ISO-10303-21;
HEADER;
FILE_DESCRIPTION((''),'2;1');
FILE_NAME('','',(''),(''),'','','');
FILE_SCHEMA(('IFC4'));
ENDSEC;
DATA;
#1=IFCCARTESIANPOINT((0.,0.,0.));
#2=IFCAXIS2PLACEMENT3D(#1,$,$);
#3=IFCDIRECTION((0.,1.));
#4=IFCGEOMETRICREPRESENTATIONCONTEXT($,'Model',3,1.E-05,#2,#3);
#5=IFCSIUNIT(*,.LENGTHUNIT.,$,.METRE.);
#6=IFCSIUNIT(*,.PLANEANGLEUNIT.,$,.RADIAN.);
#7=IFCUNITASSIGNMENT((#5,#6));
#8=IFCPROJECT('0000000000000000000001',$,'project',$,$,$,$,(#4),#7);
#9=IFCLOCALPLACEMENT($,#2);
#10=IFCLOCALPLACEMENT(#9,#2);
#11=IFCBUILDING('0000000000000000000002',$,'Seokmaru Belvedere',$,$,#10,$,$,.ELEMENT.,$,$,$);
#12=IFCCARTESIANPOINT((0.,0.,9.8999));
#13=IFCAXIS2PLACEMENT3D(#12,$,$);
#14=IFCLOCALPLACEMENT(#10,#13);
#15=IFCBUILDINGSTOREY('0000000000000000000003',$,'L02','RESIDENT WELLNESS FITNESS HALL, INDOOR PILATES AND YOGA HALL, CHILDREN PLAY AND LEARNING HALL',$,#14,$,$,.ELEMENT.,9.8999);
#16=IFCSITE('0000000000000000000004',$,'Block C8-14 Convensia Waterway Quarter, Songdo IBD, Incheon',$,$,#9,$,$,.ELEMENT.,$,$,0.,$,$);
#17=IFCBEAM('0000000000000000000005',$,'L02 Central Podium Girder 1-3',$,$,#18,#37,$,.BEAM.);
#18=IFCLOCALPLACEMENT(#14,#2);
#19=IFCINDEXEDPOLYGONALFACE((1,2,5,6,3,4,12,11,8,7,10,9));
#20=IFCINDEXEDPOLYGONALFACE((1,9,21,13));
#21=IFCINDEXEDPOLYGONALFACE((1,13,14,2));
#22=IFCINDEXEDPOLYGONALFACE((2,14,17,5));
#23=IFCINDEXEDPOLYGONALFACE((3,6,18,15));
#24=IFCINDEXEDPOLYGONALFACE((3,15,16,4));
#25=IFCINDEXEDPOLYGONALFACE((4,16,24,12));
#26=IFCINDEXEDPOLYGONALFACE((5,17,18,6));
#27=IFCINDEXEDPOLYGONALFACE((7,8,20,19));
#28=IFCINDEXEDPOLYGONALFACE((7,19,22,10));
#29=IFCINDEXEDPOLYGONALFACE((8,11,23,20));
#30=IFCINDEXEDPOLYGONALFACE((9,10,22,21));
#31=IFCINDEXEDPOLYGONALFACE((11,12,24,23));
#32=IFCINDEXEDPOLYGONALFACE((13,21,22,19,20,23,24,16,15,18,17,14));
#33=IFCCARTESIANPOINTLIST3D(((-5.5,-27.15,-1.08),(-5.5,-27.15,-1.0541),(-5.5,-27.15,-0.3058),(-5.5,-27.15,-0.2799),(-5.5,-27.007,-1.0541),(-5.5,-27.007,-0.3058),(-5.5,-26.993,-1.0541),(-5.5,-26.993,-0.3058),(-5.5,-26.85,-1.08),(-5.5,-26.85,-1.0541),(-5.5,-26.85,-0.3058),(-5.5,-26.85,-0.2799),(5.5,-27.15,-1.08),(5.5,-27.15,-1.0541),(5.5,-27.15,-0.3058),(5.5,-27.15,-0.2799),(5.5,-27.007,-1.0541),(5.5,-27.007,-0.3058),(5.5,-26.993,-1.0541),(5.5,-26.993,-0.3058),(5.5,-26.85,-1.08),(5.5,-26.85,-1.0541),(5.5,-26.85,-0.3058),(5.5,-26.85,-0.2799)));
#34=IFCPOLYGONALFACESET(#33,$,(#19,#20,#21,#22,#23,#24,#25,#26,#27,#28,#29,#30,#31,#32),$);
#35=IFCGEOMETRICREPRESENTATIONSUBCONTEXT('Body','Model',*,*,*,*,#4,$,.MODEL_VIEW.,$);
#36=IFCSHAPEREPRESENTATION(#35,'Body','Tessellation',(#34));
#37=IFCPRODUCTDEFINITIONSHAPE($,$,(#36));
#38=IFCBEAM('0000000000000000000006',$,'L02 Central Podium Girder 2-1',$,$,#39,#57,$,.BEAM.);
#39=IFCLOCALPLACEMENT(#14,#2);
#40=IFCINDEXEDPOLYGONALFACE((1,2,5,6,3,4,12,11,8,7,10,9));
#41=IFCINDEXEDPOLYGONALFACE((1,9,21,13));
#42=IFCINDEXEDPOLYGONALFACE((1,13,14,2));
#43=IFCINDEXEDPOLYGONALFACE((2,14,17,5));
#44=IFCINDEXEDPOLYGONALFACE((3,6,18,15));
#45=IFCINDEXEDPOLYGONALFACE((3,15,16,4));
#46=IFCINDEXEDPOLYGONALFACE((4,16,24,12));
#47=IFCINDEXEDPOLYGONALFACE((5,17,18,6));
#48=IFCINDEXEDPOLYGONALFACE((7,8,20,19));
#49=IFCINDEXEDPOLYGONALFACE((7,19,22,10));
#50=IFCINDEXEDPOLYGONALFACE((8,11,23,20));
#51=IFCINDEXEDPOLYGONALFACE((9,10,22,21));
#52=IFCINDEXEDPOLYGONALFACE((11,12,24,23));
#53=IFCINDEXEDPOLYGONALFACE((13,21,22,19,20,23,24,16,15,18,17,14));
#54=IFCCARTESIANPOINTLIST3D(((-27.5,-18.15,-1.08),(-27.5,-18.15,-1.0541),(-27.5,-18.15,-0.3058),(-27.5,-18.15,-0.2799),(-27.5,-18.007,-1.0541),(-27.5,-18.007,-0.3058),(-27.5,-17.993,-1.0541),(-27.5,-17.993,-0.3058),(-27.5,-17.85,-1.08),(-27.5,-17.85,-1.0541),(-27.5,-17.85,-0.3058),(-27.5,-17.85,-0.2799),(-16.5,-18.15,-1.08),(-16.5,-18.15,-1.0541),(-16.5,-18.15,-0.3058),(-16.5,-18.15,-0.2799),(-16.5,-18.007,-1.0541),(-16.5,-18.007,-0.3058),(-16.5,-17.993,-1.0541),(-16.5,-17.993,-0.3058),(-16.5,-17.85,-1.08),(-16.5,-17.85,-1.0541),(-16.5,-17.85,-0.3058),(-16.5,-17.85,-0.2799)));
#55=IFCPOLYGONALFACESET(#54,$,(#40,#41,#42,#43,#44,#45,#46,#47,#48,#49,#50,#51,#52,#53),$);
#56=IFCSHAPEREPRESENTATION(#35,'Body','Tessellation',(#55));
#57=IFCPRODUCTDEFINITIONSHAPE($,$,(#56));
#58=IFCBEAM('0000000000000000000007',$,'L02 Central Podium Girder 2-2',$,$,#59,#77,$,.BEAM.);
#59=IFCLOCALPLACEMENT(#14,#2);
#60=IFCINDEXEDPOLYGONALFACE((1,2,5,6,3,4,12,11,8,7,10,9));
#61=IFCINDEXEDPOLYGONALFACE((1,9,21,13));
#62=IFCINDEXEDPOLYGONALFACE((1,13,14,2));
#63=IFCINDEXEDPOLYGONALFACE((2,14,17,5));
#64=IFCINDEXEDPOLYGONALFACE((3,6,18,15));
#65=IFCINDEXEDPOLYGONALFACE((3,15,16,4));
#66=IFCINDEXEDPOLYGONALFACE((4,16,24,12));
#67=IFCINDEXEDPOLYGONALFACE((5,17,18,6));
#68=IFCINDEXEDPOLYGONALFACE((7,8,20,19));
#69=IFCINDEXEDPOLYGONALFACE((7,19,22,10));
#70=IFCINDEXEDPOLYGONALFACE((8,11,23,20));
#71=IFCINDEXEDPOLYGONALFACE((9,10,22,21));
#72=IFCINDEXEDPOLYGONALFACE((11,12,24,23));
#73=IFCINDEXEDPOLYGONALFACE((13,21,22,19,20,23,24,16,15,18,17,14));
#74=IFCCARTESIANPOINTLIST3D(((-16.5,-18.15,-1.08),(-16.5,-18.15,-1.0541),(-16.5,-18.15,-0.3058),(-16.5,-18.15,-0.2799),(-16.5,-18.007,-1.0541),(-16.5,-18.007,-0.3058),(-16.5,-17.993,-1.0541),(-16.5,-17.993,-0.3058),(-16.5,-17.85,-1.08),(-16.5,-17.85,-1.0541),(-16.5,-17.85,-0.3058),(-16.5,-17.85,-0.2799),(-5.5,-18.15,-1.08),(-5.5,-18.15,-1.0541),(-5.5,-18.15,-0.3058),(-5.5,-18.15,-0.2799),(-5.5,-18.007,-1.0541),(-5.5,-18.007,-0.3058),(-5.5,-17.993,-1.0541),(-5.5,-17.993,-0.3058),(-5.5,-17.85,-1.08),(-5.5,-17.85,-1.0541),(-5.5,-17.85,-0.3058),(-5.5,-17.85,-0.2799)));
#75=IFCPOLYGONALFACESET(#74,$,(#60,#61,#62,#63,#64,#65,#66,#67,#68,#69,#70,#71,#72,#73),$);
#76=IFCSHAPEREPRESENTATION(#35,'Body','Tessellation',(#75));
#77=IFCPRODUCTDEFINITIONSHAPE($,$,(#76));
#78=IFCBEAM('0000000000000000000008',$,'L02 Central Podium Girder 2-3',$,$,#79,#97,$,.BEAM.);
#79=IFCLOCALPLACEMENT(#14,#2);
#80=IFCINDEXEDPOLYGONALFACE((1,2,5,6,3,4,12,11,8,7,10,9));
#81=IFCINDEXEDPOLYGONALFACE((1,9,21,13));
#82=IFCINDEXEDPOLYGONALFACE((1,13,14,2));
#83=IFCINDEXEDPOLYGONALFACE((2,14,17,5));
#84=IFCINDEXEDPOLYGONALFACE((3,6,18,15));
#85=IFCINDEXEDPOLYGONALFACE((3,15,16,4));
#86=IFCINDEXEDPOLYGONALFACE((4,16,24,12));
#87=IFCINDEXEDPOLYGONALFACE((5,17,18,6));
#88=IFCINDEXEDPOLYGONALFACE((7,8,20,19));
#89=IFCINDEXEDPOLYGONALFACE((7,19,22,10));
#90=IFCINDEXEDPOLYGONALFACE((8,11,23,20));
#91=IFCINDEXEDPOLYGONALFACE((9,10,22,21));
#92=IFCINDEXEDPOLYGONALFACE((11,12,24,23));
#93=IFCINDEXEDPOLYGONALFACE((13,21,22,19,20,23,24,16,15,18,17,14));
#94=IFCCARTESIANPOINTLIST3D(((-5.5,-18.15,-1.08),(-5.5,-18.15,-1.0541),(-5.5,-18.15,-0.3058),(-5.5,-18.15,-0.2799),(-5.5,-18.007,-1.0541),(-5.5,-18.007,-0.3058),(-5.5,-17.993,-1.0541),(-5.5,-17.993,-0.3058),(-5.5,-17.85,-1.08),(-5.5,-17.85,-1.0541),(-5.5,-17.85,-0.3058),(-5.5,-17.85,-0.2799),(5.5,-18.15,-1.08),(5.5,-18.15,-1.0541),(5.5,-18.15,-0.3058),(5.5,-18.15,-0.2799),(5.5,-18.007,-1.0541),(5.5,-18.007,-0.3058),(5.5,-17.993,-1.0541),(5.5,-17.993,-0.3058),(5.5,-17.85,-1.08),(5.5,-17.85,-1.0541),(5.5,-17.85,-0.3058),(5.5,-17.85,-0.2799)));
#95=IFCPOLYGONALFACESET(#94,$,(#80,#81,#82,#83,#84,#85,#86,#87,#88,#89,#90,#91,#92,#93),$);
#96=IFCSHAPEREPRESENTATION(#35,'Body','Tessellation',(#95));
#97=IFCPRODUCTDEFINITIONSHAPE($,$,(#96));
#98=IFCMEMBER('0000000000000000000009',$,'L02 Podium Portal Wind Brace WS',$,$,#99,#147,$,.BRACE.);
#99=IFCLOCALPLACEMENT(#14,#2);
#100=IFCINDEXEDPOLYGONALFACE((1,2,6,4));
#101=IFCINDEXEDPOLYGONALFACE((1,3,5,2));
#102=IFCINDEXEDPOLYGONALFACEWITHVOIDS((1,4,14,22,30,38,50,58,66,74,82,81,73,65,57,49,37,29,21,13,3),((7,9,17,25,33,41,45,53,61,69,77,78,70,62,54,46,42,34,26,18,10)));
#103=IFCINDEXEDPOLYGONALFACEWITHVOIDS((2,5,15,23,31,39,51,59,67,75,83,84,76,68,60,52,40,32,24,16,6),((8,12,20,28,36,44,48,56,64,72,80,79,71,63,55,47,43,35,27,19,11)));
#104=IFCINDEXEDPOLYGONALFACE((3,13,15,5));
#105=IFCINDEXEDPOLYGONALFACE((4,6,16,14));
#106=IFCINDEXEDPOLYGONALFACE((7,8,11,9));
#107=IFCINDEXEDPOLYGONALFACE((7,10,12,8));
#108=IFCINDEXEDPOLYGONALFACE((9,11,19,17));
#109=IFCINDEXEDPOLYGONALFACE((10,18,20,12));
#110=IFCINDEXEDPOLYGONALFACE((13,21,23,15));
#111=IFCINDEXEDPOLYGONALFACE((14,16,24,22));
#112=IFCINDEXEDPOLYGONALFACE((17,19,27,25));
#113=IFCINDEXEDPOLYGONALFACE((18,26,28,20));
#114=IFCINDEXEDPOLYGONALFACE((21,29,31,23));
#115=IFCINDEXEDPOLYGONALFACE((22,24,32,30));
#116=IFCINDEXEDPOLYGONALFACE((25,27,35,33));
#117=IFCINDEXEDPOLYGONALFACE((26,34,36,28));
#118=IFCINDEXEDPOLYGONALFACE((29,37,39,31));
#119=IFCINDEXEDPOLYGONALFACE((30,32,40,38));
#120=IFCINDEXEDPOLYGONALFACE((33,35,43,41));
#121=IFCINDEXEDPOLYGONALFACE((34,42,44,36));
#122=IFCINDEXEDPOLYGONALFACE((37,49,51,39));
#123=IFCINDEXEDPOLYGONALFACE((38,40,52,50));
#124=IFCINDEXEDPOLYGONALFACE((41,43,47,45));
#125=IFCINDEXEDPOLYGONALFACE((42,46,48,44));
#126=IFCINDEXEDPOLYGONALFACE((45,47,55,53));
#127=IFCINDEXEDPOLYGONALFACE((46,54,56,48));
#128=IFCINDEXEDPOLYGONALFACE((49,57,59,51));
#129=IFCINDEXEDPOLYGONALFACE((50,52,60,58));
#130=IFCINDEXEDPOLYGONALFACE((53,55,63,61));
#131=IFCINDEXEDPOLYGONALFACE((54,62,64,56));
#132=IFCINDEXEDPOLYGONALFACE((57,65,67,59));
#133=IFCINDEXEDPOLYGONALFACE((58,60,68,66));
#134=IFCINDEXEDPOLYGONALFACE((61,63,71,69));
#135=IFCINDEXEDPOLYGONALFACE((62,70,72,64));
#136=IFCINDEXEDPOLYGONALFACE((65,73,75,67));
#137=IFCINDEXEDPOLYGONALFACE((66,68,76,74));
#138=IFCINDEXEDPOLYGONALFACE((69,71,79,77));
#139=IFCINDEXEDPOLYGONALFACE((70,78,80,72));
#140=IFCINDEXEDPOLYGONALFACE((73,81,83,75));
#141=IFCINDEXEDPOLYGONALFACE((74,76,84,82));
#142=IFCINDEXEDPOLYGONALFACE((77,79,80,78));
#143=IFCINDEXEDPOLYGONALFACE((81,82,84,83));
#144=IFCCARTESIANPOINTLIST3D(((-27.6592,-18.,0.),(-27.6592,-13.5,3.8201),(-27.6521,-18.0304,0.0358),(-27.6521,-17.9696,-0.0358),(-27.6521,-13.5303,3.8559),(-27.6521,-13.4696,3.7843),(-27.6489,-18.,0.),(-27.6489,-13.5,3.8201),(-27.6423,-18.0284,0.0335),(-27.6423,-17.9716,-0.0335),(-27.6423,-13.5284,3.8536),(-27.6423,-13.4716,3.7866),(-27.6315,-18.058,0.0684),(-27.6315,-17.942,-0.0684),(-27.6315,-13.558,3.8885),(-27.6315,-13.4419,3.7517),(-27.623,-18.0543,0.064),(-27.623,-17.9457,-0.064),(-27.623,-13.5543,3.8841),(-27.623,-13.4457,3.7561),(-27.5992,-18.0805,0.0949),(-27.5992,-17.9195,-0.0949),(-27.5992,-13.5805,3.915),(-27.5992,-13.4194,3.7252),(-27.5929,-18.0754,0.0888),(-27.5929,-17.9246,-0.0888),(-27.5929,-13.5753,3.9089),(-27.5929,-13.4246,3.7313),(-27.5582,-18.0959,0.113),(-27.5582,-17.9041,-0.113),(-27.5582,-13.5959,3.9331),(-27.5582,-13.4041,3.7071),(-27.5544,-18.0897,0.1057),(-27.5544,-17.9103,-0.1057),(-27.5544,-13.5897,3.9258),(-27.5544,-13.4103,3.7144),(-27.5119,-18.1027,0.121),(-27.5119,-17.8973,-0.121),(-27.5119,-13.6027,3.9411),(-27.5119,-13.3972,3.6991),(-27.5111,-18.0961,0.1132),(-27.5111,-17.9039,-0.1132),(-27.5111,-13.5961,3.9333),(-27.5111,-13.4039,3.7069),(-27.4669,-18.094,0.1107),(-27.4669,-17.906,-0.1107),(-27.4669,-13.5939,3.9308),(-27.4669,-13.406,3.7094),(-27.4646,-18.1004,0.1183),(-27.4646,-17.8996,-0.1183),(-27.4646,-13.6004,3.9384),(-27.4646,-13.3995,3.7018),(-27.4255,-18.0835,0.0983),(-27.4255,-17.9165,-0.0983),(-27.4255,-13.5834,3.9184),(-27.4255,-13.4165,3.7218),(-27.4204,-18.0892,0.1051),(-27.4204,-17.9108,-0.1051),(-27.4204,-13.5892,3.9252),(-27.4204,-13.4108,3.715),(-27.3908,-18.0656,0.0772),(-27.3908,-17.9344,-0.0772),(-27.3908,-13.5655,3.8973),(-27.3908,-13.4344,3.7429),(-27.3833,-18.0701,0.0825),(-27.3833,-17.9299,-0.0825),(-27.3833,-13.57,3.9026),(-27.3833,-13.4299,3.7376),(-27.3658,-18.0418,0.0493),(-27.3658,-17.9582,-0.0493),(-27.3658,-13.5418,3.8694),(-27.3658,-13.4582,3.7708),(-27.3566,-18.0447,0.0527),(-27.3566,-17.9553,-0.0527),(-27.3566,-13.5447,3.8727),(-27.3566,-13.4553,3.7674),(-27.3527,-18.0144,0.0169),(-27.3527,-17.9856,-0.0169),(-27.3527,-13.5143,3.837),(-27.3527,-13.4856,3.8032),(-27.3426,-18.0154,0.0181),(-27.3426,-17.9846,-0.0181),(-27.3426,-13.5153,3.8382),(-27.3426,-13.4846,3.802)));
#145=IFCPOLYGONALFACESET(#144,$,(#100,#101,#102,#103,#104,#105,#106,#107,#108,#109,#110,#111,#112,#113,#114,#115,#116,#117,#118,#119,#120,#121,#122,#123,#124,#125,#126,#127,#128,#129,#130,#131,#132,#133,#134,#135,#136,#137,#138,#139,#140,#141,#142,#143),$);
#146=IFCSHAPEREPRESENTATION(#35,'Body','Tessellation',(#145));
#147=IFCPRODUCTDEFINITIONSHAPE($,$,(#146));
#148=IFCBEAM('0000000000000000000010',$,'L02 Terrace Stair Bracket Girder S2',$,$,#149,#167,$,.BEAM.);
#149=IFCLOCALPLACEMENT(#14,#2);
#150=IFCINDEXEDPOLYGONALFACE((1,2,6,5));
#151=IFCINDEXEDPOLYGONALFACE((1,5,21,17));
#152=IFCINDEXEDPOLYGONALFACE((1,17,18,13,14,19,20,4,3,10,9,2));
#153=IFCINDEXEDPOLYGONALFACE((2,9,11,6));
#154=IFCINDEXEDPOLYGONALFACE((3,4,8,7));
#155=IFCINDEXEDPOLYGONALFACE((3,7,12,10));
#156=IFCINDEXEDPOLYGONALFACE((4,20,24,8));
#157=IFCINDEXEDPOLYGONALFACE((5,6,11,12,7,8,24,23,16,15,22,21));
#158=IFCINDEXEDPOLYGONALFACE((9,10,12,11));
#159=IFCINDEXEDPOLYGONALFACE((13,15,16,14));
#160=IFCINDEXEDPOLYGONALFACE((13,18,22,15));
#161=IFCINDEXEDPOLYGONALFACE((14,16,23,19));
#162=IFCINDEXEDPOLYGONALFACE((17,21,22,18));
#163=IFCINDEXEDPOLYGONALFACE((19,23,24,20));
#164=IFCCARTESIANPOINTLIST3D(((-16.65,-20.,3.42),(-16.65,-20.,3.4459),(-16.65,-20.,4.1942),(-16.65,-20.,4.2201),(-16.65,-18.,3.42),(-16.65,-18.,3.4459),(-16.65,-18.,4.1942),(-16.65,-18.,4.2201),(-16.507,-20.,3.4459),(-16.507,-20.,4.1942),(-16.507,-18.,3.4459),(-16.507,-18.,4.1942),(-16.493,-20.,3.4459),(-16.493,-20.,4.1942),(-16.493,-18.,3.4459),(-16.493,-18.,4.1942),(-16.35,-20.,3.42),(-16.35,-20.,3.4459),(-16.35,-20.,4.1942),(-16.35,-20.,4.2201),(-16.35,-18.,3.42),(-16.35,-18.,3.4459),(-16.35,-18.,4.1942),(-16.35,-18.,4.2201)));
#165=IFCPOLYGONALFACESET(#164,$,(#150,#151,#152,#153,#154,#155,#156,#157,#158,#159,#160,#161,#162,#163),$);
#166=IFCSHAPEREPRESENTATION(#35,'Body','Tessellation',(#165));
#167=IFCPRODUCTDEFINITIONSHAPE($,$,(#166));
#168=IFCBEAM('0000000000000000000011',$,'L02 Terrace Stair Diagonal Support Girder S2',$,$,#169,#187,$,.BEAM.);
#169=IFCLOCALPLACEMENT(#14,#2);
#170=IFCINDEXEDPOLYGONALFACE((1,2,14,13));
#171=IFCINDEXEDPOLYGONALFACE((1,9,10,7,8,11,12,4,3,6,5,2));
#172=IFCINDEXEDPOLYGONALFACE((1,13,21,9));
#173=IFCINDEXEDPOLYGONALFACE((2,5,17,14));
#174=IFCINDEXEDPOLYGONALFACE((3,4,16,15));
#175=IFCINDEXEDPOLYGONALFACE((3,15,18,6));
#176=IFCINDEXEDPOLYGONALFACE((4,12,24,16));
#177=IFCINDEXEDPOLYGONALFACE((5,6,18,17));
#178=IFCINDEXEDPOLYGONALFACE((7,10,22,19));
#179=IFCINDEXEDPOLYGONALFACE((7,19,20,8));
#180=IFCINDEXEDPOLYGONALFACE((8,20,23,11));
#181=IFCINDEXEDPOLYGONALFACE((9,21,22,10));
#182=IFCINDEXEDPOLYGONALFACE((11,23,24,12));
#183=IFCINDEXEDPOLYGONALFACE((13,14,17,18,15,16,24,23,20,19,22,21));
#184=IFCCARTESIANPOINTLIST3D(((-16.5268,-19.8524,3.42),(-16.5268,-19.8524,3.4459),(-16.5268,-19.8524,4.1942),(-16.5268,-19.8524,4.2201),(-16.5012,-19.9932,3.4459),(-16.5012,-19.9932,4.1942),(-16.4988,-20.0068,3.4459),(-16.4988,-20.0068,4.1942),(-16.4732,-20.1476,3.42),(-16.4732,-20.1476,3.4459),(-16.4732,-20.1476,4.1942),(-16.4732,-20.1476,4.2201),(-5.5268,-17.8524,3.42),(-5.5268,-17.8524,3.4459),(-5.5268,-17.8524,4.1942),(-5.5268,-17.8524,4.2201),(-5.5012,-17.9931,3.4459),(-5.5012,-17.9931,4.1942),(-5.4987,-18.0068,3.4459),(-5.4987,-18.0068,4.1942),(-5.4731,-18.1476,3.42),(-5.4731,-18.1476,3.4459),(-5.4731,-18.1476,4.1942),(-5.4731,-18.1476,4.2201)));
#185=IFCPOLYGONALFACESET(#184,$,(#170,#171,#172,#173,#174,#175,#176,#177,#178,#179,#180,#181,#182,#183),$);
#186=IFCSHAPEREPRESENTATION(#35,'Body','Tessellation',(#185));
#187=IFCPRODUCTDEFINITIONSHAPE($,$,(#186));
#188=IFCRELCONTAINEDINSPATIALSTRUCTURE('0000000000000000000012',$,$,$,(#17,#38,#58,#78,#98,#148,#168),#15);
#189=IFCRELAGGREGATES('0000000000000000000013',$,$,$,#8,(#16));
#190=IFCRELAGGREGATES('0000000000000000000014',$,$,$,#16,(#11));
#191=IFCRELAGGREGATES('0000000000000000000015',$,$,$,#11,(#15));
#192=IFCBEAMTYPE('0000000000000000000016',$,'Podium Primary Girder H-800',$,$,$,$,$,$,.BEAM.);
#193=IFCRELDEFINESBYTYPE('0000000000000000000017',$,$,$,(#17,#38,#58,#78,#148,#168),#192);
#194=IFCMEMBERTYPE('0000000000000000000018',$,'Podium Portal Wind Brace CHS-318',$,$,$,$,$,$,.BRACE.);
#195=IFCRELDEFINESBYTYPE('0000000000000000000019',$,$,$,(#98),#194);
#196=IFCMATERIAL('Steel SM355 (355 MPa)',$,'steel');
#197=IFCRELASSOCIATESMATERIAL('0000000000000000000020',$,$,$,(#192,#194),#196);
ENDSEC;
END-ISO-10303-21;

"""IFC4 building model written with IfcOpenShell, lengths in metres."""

from ifc_helpers import new_model, si_unit, direction, frame, origin, origin_2d, place, context, subcontext, project, spatial, hollow_circle, i_section, extrude, source, transform, mapped, material, material_profile, profile_set, type_object, element, save


model = new_model("IFC4")

# Units and contexts
model_context = context("Model", 3, precision=1e-05, world=origin(), true_north=direction((0.0, 1.0)))
body_context = subcontext(model_context, "Body", "Model", "MODEL_VIEW")
ifc_project = project(units=[si_unit("LENGTHUNIT", "METRE"), si_unit("PLANEANGLEUNIT", "RADIAN")], contexts=[model_context])

# Site, building, storey
site_placement = place(None, origin())
site = spatial("IfcSite", under=ifc_project, at=site_placement, Name="Block C8-14 Convensia Waterway Quarter, Songdo IBD, Incheon", CompositionType="ELEMENT", RefElevation=0.0)
building_placement = place(site_placement, origin())
building = spatial("IfcBuilding", under=site, at=building_placement, Name="Seokmaru Belvedere", CompositionType="ELEMENT")
storey_placement = place(building_placement, frame((0.0, 0.0, 9.8999)))
storey = spatial("IfcBuildingStorey", under=building, at=storey_placement, Name="L02", Description="RESIDENT WELLNESS FITNESS HALL, INDOOR PILATES AND YOGA HALL, CHILDREN PLAY AND LEARNING HALL", CompositionType="ELEMENT", Elevation=9.8999)

# Beams
ifc_material_1 = material(Name="Steel SM355 (355 MPa)", Category="steel")
ifc_material_profile_1 = material_profile(ifc_material_1, i_section(OverallWidth=0.3, OverallDepth=0.8, WebThickness=0.0139, FlangeThickness=0.0259, at=origin_2d()), Name="H-800x300x14x26")
ifc_profile_set_1 = profile_set([ifc_material_profile_1], Name="Steel SM355 (355 MPa)")
beam_type_1 = type_object("IfcBeamType", Name="Podium Primary Girder H-800", PredefinedType="BEAM", material=ifc_profile_set_1)
shared_shape_1 = source(origin(), body_context, "Body", "SweptSolid", [
    extrude(i_section(OverallWidth=0.3, OverallDepth=0.8, WebThickness=0.0139, FlangeThickness=0.0259, at=origin_2d()), origin(), (0.0, 0.0, 1.0), 11.0),
])
for number, where, z_axis, x_axis, name in (
    (1, (-5.5, -27.0, -0.6799), (1.0, 0.0, 0.0), (0.0, 1.0, 0.0), "L02 Central Podium Girder 1-3"),
    (2, (-27.5, -18.0, -0.6799), (1.0, 0.0, 0.0), (0.0, 1.0, 0.0), "L02 Central Podium Girder 2-1"),
    (3, (-16.5, -18.0, -0.6799), (1.0, 0.0, 0.0), (0.0, 1.0, 0.0), "L02 Central Podium Girder 2-2"),
    (4, (-5.5, -18.0, -0.6799), (1.0, 0.0, 0.0), (0.0, 1.0, 0.0), "L02 Central Podium Girder 2-3"),
):
    element("IfcBeam", number, at=place(storey_placement, frame(where, z_axis=z_axis, x_axis=x_axis)), inside=storey, type_object=beam_type_1, Name=name, PredefinedType="BEAM", context=body_context, shape_type="MappedRepresentation", body=[
        mapped(shared_shape_1, transform((0.0, 0.0, 0.0), scale=1.0)),
    ])

# Member
ifc_material_profile_2 = material_profile(ifc_material_1, hollow_circle(Radius=0.1592, WallThickness=0.0103, at=origin_2d()), Name="CHS-318.5x10.3")
ifc_profile_set_2 = profile_set([ifc_material_profile_2], Name="Steel SM355 (355 MPa)")
member_type = type_object("IfcMemberType", Name="Podium Portal Wind Brace CHS-318", PredefinedType="BRACE", material=ifc_profile_set_2)
shared_shape_2 = source(origin(), body_context, "Body", "SweptSolid", [
    extrude(hollow_circle(Radius=0.1592, WallThickness=0.0103, at=origin_2d()), origin(), (0.0, 0.0, 1.0), 5.9028),
])
member_1_placement = place(storey_placement, frame((-27.5, -18.0, 0.0), z_axis=(0.0, 0.762351, 0.647163), x_axis=(-1.0, 0.0, 0.0)))
element("IfcMember", 5, at=member_1_placement, inside=storey, type_object=member_type, Name="L02 Podium Portal Wind Brace WS", PredefinedType="BRACE", context=body_context, shape_type="MappedRepresentation", body=[
    mapped(shared_shape_2, transform((0.0, 0.0, 0.0), scale=1.0)),
])

# Beams
shared_shape_3 = source(origin(), body_context, "Body", "SweptSolid", [
    extrude(i_section(OverallWidth=0.3, OverallDepth=0.8, WebThickness=0.0139, FlangeThickness=0.0259, at=origin_2d()), origin(), (0.0, 0.0, 1.0), 2.0),
])
beam_1_placement = place(storey_placement, frame((-16.5, -18.0, 3.8201), z_axis=(0.0, -1.0, 0.0), x_axis=(1.0, 0.0, 0.0)))
element("IfcBeam", 6, at=beam_1_placement, inside=storey, type_object=beam_type_1, Name="L02 Terrace Stair Bracket Girder S2", PredefinedType="BEAM", context=body_context, shape_type="MappedRepresentation", body=[
    mapped(shared_shape_3, transform((0.0, 0.0, 0.0), scale=1.0)),
])
shared_shape_4 = source(origin(), body_context, "Body", "SweptSolid", [
    extrude(i_section(OverallWidth=0.3, OverallDepth=0.8, WebThickness=0.0139, FlangeThickness=0.0259, at=origin_2d()), origin(), (0.0, 0.0, 1.0), 11.1804),
])
beam_2_placement = place(storey_placement, frame((-16.5, -20.0, 3.8201), z_axis=(0.98387, 0.178885, 0.0), x_axis=(-0.178885, 0.98387, 0.0)))
element("IfcBeam", 7, at=beam_2_placement, inside=storey, type_object=beam_type_1, Name="L02 Terrace Stair Diagonal Support Girder S2", PredefinedType="BEAM", context=body_context, shape_type="MappedRepresentation", body=[
    mapped(shared_shape_4, transform((0.0, 0.0, 0.0), scale=1.0)),
])

save(model, "model.ifc")
